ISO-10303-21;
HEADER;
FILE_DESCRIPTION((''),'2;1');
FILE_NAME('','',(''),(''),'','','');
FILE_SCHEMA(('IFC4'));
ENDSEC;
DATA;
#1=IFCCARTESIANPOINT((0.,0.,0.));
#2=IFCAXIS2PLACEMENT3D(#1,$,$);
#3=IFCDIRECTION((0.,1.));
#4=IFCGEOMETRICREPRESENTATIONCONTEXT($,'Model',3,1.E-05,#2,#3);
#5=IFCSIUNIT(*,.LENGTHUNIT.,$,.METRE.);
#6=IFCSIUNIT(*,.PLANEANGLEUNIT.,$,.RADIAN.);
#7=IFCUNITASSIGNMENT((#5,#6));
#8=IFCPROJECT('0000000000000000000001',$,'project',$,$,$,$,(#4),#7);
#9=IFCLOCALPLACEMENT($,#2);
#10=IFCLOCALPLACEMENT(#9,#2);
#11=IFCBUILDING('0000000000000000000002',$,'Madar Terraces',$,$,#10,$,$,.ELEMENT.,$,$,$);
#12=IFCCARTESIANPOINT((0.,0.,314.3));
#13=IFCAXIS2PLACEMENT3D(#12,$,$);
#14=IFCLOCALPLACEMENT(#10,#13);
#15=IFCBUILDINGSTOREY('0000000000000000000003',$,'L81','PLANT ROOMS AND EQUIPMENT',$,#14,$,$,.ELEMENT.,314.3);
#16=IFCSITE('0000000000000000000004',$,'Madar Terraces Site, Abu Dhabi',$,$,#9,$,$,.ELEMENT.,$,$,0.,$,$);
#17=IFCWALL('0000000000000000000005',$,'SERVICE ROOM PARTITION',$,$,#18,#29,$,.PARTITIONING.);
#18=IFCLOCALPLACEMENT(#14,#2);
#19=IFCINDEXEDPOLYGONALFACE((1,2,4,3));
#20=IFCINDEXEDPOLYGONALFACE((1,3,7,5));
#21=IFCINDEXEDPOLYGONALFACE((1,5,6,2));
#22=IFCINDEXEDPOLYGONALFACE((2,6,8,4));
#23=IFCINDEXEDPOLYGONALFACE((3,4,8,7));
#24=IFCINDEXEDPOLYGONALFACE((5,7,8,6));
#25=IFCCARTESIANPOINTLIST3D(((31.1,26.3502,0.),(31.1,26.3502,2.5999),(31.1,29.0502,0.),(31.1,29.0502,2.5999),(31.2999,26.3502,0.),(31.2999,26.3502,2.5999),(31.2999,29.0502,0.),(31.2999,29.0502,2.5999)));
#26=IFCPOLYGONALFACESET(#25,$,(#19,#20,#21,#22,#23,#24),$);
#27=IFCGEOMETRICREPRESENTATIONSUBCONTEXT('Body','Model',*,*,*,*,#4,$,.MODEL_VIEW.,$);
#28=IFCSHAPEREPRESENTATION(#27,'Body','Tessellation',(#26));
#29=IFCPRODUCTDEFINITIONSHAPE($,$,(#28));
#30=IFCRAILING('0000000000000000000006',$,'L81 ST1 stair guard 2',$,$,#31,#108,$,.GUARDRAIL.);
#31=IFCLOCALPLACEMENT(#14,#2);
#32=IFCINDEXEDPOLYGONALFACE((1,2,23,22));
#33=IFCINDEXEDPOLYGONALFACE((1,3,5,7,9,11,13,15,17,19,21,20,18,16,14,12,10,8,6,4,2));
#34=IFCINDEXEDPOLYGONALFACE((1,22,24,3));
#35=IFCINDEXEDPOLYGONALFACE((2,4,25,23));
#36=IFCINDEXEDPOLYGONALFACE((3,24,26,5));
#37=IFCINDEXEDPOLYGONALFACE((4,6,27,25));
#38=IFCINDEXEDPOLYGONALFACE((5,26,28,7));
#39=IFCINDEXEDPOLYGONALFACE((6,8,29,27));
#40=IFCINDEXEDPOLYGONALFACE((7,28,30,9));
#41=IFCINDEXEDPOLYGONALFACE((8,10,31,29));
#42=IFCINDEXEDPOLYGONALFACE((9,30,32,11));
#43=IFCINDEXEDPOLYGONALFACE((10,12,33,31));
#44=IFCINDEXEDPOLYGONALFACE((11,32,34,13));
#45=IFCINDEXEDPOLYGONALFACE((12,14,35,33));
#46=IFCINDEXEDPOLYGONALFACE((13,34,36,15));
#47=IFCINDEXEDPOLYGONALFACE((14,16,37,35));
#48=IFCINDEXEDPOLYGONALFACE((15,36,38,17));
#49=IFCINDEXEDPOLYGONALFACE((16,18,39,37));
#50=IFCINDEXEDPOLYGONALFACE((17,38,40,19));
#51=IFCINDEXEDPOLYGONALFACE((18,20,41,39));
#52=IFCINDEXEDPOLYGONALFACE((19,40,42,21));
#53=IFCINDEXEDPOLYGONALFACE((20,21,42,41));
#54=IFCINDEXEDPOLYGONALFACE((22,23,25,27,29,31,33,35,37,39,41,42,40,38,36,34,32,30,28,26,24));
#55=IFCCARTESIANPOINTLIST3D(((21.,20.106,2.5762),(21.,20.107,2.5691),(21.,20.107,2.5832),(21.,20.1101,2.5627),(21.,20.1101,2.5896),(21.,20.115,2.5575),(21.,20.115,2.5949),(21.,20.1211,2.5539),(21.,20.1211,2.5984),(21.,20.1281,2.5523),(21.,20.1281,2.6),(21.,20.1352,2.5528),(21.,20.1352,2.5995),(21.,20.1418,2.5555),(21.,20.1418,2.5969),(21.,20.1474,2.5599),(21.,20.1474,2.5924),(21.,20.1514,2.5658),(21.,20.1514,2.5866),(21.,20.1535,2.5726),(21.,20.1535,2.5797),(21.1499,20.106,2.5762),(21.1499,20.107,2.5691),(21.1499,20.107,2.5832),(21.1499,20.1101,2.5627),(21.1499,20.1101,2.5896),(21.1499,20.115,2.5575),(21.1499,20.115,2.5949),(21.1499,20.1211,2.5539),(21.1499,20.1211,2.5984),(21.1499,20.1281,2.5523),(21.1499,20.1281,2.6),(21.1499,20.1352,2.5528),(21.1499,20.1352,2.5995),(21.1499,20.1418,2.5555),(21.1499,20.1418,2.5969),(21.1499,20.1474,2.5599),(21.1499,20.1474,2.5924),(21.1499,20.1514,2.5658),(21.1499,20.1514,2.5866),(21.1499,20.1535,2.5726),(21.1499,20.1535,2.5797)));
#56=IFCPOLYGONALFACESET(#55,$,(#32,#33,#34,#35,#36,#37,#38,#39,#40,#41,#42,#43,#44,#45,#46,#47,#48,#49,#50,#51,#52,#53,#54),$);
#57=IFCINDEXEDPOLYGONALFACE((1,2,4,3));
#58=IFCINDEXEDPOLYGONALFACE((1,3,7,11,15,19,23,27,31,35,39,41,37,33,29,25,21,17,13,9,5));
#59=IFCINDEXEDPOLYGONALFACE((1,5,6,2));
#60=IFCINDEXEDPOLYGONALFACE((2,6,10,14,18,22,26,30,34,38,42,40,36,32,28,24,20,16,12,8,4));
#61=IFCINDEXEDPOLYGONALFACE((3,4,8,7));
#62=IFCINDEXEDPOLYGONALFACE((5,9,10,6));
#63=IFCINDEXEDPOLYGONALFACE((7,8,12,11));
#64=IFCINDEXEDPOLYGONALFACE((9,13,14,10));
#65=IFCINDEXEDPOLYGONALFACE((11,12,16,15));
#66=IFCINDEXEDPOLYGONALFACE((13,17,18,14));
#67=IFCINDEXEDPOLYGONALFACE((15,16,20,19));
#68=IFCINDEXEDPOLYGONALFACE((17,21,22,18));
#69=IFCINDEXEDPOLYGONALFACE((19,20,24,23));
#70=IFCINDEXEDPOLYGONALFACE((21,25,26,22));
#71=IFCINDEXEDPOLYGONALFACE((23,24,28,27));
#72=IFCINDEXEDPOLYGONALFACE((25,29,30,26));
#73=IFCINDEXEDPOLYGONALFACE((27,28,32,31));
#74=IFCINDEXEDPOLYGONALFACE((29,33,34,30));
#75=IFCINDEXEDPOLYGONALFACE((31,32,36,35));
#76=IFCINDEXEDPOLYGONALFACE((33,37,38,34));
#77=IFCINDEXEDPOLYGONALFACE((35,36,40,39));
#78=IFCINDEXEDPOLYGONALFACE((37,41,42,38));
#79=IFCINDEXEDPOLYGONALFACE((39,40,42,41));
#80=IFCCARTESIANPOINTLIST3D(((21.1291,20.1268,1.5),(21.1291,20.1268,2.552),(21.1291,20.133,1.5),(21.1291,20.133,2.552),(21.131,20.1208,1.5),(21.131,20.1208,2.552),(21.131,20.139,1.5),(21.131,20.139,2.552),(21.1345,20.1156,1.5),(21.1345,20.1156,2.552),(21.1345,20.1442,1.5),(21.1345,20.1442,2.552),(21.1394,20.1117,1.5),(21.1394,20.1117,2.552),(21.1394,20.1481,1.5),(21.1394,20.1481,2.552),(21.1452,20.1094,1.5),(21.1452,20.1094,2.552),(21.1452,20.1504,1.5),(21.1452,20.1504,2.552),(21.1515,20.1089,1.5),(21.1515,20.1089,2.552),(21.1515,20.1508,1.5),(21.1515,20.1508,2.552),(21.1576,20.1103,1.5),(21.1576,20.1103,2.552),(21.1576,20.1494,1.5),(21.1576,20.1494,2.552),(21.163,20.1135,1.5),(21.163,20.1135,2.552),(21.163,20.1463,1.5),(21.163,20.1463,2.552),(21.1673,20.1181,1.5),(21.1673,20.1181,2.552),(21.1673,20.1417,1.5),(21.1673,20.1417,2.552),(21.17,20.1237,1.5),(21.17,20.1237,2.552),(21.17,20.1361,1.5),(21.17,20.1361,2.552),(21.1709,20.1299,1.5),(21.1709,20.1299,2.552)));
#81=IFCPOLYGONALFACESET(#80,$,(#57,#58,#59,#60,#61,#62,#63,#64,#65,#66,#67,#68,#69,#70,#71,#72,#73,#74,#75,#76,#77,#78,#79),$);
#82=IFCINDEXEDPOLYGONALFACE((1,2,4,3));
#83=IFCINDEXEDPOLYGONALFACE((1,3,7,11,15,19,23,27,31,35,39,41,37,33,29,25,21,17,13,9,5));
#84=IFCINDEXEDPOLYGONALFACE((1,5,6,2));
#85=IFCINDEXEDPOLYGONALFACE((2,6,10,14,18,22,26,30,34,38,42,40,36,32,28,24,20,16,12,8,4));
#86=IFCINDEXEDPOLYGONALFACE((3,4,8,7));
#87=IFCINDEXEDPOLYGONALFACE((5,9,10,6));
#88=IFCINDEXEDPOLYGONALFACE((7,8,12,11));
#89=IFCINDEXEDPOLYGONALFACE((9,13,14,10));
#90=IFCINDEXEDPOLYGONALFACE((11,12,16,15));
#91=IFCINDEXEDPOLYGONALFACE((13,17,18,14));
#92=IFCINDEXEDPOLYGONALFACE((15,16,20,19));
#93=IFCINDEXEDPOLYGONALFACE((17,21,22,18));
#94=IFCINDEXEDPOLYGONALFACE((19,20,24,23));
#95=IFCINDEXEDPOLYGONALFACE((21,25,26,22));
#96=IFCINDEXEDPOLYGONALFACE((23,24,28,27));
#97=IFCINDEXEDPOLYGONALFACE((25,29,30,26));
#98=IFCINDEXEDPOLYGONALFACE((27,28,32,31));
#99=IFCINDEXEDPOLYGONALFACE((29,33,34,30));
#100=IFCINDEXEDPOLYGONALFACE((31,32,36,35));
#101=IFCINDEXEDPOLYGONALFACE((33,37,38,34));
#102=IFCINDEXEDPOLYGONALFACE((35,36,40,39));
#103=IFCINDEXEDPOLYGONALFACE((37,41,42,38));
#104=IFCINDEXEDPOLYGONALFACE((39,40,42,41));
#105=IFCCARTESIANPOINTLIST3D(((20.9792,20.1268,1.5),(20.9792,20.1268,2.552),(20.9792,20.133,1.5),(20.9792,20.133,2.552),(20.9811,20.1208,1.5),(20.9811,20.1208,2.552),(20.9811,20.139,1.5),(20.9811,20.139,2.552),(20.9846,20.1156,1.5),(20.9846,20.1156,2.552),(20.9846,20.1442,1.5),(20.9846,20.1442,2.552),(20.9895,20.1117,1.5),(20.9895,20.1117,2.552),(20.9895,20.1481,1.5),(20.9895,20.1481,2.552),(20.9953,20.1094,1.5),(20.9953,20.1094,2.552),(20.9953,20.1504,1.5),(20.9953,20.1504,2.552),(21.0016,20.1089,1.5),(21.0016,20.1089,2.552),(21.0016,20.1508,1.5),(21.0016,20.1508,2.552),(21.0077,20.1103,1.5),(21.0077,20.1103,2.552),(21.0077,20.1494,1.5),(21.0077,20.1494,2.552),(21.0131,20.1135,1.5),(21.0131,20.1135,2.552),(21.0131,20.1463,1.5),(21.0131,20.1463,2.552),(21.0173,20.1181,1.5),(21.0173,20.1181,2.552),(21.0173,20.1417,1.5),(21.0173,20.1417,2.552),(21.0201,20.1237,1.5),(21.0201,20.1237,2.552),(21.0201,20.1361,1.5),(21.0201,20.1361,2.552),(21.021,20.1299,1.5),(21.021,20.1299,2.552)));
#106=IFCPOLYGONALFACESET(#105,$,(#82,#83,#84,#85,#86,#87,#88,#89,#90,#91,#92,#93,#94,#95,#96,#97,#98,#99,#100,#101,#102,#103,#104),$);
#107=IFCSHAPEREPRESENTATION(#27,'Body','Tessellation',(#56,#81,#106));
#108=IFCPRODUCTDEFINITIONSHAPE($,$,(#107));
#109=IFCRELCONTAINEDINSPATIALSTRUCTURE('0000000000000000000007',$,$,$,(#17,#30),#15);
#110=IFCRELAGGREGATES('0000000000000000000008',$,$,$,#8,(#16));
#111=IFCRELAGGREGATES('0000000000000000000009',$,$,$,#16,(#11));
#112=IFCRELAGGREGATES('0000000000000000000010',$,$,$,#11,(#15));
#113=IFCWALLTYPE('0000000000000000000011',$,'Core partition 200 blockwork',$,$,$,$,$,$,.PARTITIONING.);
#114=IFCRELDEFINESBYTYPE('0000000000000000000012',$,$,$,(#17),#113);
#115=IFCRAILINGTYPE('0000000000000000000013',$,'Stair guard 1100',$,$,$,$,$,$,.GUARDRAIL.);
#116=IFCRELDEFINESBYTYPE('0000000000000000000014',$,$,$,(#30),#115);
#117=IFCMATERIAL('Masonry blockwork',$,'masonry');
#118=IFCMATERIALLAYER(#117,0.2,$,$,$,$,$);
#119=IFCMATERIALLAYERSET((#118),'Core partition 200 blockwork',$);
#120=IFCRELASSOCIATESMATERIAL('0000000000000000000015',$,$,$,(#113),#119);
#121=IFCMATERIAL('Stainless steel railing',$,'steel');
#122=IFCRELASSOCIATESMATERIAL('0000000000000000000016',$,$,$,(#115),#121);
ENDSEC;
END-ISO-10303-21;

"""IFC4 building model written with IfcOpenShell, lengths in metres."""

from ifc_helpers import new_model, si_unit, direction, frame, frame_2d, origin, origin_2d, place, context, subcontext, project, spatial, rectangle, circle, extrude, material, layer, layer_set, type_object, element, save


model = new_model("IFC4")

# Units and contexts
model_context = context("Model", 3, precision=1e-05, world=origin(), true_north=direction((0.0, 1.0)))
body_context = subcontext(model_context, "Body", "Model", "MODEL_VIEW")
ifc_project = project(units=[si_unit("LENGTHUNIT", "METRE"), si_unit("PLANEANGLEUNIT", "RADIAN")], contexts=[model_context])

# Site, building, storey
site_placement = place(None, origin())
site = spatial("IfcSite", under=ifc_project, at=site_placement, Name="Madar Terraces Site, Abu Dhabi", CompositionType="ELEMENT", RefElevation=0.0)
building_placement = place(site_placement, origin())
building = spatial("IfcBuilding", under=site, at=building_placement, Name="Madar Terraces", CompositionType="ELEMENT")
storey_placement = place(building_placement, frame((0.0, 0.0, 314.3)))
storey = spatial("IfcBuildingStorey", under=building, at=storey_placement, Name="L81", Description="PLANT ROOMS AND EQUIPMENT", CompositionType="ELEMENT", Elevation=314.3)

# Wall
ifc_material_1 = material(Name="Masonry blockwork", Category="masonry")
ifc_layer_1 = layer(ifc_material_1, 0.2)
ifc_layer_set_1 = layer_set([ifc_layer_1], Name="Core partition 200 blockwork")
wall_type_1 = type_object("IfcWallType", Name="Core partition 200 blockwork", PredefinedType="PARTITIONING", material=ifc_layer_set_1)
for number, where, z_axis, x_axis, name in (
    (1, (31.2, 26.3501, 0.0), (0.0, 0.0, 1.0), (0.0, 1.0, 0.0), "SERVICE ROOM PARTITION"),
):
    element("IfcWall", number, at=place(storey_placement, frame(where, z_axis=z_axis, x_axis=x_axis)), inside=storey, type_object=wall_type_1, Name=name, PredefinedType="PARTITIONING", context=body_context, shape_type="SweptSolid", body=[
        extrude(rectangle(XDim=2.7, YDim=0.2, at=frame_2d((1.3501, 0.0))), origin(), (0.0, 0.0, 1.0), 2.5999),
    ])

# Railing
ifc_material_2 = material(Name="Stainless steel railing", Category="steel")
railing_type = type_object("IfcRailingType", Name="Stair guard 1100", PredefinedType="GUARDRAIL", material=ifc_material_2)
railing_1_placement = place(storey_placement, frame((21.1499, 20.1299, 1.5)))
element("IfcRailing", 2, at=railing_1_placement, inside=storey, type_object=railing_type, Name="L81 ST1 stair guard 2", PredefinedType="GUARDRAIL", context=body_context, shape_type="SweptSolid", body=[
    extrude(circle(Radius=0.0239, at=origin_2d()), frame((0.0, 0.0, 1.0762), z_axis=(-1.0, 0.0, 0.0), x_axis=(0.0, -1.0, 0.0)), (0.0, 0.0, 1.0), 0.1499),
    extrude(circle(Radius=0.021, at=origin_2d()), origin(), (0.0, 0.0, 1.0), 1.052),
    extrude(circle(Radius=0.021, at=origin_2d()), frame((-0.1499, 0.0, 0.0)), (0.0, 0.0, 1.0), 1.052),
])

save(model, "model.ifc")
